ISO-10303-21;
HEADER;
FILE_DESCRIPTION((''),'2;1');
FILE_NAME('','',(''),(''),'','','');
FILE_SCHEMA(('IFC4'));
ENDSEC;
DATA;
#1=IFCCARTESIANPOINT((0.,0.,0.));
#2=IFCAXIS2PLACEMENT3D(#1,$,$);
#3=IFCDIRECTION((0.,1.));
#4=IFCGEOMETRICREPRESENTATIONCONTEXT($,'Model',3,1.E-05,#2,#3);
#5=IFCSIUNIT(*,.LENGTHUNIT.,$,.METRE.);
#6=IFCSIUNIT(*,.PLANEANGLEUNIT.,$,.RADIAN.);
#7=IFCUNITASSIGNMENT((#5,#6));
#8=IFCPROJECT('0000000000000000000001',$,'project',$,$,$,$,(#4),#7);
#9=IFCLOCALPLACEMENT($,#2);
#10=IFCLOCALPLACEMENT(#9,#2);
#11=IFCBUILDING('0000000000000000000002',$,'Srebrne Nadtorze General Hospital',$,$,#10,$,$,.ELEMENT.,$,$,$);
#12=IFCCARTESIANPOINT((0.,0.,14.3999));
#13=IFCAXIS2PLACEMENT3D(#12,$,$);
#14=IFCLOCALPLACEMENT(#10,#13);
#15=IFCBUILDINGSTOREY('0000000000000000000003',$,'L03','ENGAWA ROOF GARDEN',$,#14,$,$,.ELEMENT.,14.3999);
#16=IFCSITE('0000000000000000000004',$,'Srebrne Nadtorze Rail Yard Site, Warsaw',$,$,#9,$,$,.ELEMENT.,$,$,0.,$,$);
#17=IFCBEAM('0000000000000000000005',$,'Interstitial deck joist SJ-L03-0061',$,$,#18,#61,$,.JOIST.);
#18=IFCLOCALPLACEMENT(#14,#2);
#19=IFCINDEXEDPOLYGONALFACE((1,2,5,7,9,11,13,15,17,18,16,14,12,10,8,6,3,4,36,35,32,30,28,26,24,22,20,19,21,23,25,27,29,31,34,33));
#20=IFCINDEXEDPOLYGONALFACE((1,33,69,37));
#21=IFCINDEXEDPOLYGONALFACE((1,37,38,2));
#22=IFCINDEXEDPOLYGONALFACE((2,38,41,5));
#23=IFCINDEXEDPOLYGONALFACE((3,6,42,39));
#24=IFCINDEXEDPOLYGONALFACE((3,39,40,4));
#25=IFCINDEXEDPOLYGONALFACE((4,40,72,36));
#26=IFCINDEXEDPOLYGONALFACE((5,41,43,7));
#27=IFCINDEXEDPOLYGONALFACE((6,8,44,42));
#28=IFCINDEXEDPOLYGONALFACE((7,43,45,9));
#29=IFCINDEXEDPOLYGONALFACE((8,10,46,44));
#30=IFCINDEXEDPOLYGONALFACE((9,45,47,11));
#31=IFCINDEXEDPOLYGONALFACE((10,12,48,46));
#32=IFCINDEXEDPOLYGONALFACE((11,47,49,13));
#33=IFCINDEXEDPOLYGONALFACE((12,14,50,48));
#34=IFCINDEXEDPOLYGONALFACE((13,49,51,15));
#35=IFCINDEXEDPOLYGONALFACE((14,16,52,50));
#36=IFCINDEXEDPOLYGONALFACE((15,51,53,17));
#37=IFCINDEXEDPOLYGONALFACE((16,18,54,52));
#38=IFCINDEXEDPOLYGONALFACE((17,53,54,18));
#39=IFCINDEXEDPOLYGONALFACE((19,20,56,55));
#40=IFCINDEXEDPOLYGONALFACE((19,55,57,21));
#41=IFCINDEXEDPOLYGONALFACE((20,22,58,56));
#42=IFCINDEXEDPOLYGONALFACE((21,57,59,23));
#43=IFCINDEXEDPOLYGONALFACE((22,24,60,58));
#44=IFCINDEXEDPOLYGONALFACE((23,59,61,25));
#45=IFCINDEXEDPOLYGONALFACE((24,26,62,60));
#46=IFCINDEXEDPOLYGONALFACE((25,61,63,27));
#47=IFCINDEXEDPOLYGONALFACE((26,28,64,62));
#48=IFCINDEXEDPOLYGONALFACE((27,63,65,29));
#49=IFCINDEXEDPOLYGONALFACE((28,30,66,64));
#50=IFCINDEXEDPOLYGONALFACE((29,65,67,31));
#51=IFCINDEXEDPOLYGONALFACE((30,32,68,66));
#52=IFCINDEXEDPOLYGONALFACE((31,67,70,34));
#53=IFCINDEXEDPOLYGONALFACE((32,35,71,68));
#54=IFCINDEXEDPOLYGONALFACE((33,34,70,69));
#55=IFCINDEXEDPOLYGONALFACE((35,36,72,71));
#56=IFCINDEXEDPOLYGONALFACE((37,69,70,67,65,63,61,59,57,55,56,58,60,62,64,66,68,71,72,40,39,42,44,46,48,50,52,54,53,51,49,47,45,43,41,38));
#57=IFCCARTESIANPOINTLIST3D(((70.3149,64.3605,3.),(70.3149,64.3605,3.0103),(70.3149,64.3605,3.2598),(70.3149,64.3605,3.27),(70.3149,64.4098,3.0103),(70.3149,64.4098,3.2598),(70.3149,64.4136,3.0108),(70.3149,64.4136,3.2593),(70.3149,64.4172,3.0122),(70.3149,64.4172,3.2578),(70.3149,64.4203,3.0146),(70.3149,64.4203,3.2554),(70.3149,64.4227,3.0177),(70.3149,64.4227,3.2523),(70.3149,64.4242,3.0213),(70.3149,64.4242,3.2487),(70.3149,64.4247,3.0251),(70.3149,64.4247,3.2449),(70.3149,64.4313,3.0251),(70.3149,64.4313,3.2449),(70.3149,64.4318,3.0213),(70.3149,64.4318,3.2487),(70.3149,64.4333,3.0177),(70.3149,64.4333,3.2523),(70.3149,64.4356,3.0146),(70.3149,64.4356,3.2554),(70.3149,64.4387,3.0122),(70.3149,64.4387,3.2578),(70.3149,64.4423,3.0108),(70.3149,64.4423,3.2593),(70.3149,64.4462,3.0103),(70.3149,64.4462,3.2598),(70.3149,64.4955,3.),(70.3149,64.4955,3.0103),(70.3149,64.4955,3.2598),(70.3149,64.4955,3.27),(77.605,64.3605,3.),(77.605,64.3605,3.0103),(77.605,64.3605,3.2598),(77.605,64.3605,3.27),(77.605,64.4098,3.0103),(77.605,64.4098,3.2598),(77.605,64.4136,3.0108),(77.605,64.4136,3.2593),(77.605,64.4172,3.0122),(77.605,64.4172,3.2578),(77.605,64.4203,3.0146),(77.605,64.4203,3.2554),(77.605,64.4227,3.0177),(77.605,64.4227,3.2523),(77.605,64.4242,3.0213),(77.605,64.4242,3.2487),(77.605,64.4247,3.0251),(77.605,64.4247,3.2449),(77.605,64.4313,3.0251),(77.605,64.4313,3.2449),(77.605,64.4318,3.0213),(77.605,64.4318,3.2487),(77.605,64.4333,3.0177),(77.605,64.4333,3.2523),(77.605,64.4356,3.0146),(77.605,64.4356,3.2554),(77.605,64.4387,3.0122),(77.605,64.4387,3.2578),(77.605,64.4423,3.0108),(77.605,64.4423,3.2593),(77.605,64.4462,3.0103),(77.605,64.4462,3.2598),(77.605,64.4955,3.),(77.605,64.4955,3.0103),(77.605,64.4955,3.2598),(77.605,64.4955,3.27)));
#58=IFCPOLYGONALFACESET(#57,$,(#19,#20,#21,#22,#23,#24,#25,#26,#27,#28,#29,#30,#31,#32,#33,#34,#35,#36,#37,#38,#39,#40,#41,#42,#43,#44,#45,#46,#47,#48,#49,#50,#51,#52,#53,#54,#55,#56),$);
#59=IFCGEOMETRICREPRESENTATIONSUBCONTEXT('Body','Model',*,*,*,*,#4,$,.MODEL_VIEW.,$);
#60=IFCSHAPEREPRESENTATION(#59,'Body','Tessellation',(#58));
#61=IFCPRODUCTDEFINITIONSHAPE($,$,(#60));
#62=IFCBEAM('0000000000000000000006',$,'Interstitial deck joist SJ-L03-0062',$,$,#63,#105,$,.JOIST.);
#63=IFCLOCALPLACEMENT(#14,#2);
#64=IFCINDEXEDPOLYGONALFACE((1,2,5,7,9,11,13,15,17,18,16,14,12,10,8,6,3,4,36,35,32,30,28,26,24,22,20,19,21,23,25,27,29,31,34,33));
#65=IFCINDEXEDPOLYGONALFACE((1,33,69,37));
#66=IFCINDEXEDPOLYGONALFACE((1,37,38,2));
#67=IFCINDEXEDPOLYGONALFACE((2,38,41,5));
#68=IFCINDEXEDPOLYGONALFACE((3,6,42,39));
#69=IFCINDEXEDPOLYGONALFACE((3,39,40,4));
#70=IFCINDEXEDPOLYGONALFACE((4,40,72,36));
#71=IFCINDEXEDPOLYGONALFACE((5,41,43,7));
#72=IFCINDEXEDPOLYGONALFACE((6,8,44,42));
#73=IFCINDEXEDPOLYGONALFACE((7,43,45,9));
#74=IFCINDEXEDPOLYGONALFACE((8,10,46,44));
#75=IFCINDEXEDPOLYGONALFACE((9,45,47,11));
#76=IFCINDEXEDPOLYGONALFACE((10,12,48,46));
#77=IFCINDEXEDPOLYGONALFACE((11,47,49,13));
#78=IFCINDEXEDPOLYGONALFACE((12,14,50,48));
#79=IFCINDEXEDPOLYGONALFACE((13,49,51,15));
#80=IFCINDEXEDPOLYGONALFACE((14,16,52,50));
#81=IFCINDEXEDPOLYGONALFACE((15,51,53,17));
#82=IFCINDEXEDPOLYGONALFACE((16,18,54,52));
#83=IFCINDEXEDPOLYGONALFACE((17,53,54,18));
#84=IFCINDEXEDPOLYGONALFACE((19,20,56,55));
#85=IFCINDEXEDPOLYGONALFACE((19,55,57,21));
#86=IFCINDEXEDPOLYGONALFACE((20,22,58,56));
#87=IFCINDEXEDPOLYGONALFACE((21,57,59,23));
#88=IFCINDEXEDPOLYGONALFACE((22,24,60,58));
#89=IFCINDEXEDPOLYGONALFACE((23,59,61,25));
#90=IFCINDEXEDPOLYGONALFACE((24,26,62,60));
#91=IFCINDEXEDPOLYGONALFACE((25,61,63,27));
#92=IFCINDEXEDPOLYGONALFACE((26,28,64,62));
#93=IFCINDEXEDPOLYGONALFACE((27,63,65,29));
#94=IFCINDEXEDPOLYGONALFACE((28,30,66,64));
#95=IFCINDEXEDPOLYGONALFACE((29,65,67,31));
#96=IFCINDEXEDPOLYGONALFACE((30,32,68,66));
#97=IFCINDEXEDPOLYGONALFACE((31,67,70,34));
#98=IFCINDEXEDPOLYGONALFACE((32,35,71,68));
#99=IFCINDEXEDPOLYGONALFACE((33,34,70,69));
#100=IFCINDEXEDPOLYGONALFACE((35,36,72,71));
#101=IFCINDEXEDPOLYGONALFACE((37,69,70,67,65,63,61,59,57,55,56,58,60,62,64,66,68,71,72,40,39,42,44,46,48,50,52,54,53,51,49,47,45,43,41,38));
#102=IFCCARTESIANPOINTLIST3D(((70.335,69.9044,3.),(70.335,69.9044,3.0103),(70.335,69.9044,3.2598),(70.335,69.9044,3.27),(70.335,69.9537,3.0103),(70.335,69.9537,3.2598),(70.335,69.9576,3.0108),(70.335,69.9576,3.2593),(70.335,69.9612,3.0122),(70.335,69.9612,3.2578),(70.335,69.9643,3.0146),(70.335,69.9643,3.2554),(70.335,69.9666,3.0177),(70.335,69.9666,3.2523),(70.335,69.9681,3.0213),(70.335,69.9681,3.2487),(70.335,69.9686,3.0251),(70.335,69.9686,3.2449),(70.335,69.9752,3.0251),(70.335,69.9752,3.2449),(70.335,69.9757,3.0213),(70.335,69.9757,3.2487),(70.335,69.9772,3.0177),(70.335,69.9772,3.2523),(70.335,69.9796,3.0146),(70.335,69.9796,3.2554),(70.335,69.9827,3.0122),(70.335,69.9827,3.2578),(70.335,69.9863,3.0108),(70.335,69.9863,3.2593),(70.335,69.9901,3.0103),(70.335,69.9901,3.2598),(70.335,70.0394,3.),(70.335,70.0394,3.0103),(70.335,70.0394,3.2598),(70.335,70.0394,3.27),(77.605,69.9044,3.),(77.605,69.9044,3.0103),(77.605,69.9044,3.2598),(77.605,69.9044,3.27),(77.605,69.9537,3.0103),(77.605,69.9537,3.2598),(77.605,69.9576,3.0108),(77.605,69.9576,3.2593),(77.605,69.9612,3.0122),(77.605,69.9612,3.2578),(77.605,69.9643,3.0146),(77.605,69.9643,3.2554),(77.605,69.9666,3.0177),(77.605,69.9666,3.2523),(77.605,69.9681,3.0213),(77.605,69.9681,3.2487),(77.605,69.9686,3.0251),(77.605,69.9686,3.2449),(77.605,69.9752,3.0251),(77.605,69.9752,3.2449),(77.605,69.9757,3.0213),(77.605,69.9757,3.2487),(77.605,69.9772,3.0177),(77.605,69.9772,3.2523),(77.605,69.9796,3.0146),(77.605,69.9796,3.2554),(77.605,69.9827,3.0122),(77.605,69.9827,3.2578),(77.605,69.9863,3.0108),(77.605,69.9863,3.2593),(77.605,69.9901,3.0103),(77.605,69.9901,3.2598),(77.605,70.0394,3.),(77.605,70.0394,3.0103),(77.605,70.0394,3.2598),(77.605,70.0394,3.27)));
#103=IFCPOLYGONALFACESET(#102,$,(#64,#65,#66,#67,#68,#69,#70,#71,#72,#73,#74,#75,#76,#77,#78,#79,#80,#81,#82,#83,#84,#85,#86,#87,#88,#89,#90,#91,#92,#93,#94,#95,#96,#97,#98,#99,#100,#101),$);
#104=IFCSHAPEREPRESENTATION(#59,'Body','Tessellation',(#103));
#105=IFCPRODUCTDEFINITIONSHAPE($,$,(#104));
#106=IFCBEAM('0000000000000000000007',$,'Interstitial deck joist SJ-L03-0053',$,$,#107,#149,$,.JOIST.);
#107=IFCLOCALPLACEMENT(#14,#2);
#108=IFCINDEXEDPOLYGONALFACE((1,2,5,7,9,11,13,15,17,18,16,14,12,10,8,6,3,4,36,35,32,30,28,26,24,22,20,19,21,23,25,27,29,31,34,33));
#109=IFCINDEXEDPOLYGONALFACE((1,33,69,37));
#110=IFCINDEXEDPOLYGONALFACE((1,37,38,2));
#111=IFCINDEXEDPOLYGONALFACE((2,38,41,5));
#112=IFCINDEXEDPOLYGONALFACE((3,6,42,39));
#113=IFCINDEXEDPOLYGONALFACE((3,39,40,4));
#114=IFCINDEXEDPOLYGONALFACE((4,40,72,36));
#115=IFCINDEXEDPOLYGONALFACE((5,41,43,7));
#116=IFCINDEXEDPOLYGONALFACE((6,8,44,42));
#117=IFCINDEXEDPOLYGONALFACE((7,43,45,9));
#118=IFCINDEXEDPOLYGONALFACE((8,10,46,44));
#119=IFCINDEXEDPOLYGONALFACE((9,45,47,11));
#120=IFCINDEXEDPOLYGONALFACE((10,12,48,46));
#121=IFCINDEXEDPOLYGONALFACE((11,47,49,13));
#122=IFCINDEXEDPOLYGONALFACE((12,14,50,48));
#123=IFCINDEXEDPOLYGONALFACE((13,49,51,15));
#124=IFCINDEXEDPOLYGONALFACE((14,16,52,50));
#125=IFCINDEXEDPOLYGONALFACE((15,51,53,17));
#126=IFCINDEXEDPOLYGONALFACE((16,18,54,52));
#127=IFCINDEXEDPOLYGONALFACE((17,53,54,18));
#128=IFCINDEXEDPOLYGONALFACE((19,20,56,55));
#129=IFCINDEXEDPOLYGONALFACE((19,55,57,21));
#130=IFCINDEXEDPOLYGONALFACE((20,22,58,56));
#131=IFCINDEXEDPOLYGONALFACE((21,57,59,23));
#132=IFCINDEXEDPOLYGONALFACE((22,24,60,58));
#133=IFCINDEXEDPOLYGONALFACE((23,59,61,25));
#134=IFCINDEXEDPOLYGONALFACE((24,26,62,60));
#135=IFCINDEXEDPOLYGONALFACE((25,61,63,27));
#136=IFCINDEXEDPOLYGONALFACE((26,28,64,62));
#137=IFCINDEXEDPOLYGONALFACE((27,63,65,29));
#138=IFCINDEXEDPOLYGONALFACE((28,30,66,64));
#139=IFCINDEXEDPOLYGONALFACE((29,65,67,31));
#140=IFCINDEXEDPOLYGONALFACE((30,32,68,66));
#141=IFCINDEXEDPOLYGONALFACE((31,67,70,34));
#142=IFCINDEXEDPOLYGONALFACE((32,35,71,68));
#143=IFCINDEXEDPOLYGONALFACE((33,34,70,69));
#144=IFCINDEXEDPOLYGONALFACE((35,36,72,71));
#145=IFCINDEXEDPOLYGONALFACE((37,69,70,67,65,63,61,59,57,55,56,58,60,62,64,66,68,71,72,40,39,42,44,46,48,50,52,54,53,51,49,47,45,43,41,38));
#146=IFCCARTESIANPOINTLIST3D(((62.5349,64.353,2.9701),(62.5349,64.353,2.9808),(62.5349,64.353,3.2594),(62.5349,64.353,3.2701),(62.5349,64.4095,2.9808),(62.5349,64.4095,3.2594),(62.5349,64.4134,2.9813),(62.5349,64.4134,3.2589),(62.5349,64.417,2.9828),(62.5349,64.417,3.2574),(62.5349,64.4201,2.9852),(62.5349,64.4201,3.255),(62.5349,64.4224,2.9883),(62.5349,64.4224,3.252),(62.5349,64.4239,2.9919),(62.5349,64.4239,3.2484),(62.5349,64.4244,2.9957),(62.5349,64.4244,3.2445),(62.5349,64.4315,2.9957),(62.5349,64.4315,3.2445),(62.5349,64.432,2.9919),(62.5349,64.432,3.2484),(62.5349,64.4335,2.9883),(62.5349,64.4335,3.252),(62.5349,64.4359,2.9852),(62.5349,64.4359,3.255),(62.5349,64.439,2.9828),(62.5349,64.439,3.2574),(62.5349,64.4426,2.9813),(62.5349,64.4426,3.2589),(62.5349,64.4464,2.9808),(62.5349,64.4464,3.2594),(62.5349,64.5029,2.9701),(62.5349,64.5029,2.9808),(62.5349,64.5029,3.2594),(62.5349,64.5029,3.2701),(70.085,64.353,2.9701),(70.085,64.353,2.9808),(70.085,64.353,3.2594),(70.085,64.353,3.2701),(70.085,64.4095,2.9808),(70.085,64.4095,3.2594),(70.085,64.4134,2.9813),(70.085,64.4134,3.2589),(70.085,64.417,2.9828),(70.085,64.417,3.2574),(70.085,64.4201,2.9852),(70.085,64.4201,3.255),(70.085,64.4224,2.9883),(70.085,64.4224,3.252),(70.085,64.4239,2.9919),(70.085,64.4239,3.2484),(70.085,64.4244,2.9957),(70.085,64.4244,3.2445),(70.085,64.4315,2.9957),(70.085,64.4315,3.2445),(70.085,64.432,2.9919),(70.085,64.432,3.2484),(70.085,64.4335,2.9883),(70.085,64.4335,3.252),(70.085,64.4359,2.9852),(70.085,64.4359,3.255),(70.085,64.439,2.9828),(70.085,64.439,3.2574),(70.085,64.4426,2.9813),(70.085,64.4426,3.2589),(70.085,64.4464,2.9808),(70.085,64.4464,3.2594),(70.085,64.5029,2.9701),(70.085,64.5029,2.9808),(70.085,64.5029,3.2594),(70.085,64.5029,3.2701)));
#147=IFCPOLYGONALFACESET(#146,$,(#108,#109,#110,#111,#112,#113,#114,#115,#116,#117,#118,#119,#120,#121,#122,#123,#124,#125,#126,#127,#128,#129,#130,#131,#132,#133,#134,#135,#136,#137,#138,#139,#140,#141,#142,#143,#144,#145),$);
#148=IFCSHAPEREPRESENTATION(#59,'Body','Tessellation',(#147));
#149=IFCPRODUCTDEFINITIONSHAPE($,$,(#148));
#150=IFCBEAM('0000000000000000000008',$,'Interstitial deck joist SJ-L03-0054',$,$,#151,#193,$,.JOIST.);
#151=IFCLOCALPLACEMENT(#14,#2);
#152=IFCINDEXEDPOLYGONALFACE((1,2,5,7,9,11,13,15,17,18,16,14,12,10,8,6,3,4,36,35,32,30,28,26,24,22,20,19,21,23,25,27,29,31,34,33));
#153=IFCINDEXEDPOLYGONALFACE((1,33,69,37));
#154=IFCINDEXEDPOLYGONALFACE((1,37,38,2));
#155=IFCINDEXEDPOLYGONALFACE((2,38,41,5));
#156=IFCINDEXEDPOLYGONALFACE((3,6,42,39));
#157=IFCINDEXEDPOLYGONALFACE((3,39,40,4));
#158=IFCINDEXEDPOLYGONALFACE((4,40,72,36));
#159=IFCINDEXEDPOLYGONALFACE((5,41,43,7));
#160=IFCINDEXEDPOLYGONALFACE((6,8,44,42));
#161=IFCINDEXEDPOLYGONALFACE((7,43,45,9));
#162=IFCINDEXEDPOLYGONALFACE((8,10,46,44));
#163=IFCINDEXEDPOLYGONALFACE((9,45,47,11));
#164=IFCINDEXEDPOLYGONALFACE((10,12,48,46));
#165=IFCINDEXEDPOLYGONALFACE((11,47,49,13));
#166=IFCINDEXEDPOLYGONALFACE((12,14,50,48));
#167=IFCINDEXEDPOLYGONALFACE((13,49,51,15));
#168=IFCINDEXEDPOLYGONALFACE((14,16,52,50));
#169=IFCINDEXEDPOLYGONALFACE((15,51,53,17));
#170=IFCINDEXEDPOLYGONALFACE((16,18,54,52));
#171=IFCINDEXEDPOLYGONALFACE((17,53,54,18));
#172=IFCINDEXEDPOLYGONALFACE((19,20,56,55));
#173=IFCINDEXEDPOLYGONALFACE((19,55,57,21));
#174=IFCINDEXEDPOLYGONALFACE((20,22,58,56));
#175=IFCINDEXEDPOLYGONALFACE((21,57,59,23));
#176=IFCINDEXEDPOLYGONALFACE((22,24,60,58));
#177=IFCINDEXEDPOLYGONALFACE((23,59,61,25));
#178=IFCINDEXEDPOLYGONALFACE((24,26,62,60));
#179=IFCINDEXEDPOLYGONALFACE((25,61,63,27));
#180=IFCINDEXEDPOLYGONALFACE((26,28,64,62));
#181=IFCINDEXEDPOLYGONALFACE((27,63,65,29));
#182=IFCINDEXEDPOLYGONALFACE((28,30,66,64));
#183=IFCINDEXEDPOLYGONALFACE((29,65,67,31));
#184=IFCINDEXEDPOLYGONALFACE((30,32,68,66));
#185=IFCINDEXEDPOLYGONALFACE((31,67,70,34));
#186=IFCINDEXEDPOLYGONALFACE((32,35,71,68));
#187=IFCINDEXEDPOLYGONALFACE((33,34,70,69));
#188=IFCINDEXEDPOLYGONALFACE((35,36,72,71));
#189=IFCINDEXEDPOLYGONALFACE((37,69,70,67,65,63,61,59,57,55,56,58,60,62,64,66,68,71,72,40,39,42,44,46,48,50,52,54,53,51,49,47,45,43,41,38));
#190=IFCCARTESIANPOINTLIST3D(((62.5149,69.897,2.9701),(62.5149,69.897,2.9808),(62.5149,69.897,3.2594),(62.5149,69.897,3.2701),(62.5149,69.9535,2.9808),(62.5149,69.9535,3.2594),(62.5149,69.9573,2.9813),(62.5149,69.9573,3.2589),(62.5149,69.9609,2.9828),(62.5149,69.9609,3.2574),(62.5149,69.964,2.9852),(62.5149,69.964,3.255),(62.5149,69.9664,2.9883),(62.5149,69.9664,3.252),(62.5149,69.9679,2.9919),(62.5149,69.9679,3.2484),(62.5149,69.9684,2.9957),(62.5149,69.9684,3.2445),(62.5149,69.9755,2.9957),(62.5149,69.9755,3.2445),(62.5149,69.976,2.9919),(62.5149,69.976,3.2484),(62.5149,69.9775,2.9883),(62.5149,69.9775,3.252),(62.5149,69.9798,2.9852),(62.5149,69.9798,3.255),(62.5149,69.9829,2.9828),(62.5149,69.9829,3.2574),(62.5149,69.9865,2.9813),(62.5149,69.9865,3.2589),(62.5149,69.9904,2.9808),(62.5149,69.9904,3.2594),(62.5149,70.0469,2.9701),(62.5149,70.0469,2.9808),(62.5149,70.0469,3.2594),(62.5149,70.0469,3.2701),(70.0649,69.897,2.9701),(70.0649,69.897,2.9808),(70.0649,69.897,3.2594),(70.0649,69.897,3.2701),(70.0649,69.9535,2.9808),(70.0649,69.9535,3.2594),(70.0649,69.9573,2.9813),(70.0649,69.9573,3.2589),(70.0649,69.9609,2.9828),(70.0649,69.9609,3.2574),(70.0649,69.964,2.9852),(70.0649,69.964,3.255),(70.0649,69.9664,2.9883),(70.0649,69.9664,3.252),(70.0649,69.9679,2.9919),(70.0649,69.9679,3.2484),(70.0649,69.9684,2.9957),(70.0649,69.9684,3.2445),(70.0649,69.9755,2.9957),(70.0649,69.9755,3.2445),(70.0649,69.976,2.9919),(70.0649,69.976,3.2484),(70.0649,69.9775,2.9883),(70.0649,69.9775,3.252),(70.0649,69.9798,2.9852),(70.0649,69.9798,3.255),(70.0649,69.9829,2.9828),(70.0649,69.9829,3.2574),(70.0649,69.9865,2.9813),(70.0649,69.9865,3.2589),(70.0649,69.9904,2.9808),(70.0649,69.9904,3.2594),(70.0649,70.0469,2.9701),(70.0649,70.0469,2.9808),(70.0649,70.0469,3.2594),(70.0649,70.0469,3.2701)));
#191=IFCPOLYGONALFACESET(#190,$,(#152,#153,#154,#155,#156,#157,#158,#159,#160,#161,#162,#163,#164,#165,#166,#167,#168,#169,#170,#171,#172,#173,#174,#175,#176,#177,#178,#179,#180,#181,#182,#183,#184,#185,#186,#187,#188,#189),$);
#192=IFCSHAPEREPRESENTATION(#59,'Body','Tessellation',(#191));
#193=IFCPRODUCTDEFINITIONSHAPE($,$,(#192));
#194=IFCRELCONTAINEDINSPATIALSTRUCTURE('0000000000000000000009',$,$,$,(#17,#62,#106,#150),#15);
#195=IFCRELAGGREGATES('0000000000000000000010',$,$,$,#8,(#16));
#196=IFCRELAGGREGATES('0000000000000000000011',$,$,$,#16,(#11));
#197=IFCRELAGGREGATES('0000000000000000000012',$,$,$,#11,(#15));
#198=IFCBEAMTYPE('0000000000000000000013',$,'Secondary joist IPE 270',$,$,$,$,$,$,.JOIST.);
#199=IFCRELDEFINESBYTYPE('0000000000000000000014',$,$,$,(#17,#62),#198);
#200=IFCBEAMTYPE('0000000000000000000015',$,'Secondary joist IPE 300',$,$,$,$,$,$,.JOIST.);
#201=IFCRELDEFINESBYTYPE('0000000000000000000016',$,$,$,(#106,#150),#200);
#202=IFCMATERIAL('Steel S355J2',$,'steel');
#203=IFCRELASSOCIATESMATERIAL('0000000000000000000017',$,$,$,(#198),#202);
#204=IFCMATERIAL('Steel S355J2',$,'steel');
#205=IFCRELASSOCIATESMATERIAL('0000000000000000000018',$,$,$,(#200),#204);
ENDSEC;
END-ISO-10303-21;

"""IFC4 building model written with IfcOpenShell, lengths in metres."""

from ifc_helpers import new_model, si_unit, direction, frame, origin, origin_2d, place, context, subcontext, project, spatial, i_section, extrude, material, material_profile, profile_set, type_object, element, save


model = new_model("IFC4")

# Units and contexts
model_context = context("Model", 3, precision=1e-05, world=origin(), true_north=direction((0.0, 1.0)))
body_context = subcontext(model_context, "Body", "Model", "MODEL_VIEW")
ifc_project = project(units=[si_unit("LENGTHUNIT", "METRE"), si_unit("PLANEANGLEUNIT", "RADIAN")], contexts=[model_context])

# Site, building, storey
site_placement = place(None, origin())
site = spatial("IfcSite", under=ifc_project, at=site_placement, Name="Srebrne Nadtorze Rail Yard Site, Warsaw", CompositionType="ELEMENT", RefElevation=0.0)
building_placement = place(site_placement, origin())
building = spatial("IfcBuilding", under=site, at=building_placement, Name="Srebrne Nadtorze General Hospital", CompositionType="ELEMENT")
storey_placement = place(building_placement, frame((0.0, 0.0, 14.3999)))
storey = spatial("IfcBuildingStorey", under=building, at=storey_placement, Name="L03", Description="ENGAWA ROOF GARDEN", CompositionType="ELEMENT", Elevation=14.3999)

# Beams
ifc_material_1 = material(Name="Steel S355J2", Category="steel")
ifc_material_profile_1 = material_profile(ifc_material_1, i_section(OverallWidth=0.135, OverallDepth=0.27, WebThickness=0.0066, FlangeThickness=0.0103, FilletRadius=0.0149, at=origin_2d()), Name="IPE-270")
ifc_profile_set_1 = profile_set([ifc_material_profile_1], Name="Steel S355J2")
beam_type_1 = type_object("IfcBeamType", Name="Secondary joist IPE 270", PredefinedType="JOIST", material=ifc_profile_set_1)
beam_1_placement = place(storey_placement, frame((70.3149, 64.428, 3.135), z_axis=(1.0, 0.0, 0.0), x_axis=(0.0, 1.0, 0.0)))
element("IfcBeam", 1, at=beam_1_placement, inside=storey, type_object=beam_type_1, Name="Interstitial deck joist SJ-L03-0061", PredefinedType="JOIST", context=body_context, shape_type="SweptSolid", body=[
    extrude(i_section(OverallWidth=0.135, OverallDepth=0.27, WebThickness=0.0066, FlangeThickness=0.0103, FilletRadius=0.0149, at=origin_2d()), origin(), (0.0, 0.0, 1.0), 7.29),
])
beam_2_placement = place(storey_placement, frame((70.335, 69.9719, 3.135), z_axis=(1.0, 0.0, 0.0), x_axis=(0.0, 1.0, 0.0)))
element("IfcBeam", 2, at=beam_2_placement, inside=storey, type_object=beam_type_1, Name="Interstitial deck joist SJ-L03-0062", PredefinedType="JOIST", context=body_context, shape_type="SweptSolid", body=[
    extrude(i_section(OverallWidth=0.135, OverallDepth=0.27, WebThickness=0.0066, FlangeThickness=0.0103, FilletRadius=0.0149, at=origin_2d()), origin(), (0.0, 0.0, 1.0), 7.27),
])
ifc_material_2 = material(Name="Steel S355J2", Category="steel")
ifc_material_profile_2 = material_profile(ifc_material_2, i_section(OverallWidth=0.1499, OverallDepth=0.3, WebThickness=0.0071, FlangeThickness=0.0107, FilletRadius=0.0149, at=origin_2d()), Name="IPE-300")
ifc_profile_set_2 = profile_set([ifc_material_profile_2], Name="Steel S355J2")
beam_type_2 = type_object("IfcBeamType", Name="Secondary joist IPE 300", PredefinedType="JOIST", material=ifc_profile_set_2)
for number, where, z_axis, x_axis, name in (
    (3, (62.5349, 64.428, 3.1201), (1.0, 0.0, 0.0), (0.0, 1.0, 0.0), "Interstitial deck joist SJ-L03-0053"),
    (4, (62.5149, 69.9719, 3.1201), (1.0, 0.0, 0.0), (0.0, 1.0, 0.0), "Interstitial deck joist SJ-L03-0054"),
):
    element("IfcBeam", number, at=place(storey_placement, frame(where, z_axis=z_axis, x_axis=x_axis)), inside=storey, type_object=beam_type_2, Name=name, PredefinedType="JOIST", context=body_context, shape_type="SweptSolid", body=[
        extrude(i_section(OverallWidth=0.1499, OverallDepth=0.3, WebThickness=0.0071, FlangeThickness=0.0107, FilletRadius=0.0149, at=origin_2d()), origin(), (0.0, 0.0, 1.0), 7.55),
    ])

save(model, "model.ifc")
